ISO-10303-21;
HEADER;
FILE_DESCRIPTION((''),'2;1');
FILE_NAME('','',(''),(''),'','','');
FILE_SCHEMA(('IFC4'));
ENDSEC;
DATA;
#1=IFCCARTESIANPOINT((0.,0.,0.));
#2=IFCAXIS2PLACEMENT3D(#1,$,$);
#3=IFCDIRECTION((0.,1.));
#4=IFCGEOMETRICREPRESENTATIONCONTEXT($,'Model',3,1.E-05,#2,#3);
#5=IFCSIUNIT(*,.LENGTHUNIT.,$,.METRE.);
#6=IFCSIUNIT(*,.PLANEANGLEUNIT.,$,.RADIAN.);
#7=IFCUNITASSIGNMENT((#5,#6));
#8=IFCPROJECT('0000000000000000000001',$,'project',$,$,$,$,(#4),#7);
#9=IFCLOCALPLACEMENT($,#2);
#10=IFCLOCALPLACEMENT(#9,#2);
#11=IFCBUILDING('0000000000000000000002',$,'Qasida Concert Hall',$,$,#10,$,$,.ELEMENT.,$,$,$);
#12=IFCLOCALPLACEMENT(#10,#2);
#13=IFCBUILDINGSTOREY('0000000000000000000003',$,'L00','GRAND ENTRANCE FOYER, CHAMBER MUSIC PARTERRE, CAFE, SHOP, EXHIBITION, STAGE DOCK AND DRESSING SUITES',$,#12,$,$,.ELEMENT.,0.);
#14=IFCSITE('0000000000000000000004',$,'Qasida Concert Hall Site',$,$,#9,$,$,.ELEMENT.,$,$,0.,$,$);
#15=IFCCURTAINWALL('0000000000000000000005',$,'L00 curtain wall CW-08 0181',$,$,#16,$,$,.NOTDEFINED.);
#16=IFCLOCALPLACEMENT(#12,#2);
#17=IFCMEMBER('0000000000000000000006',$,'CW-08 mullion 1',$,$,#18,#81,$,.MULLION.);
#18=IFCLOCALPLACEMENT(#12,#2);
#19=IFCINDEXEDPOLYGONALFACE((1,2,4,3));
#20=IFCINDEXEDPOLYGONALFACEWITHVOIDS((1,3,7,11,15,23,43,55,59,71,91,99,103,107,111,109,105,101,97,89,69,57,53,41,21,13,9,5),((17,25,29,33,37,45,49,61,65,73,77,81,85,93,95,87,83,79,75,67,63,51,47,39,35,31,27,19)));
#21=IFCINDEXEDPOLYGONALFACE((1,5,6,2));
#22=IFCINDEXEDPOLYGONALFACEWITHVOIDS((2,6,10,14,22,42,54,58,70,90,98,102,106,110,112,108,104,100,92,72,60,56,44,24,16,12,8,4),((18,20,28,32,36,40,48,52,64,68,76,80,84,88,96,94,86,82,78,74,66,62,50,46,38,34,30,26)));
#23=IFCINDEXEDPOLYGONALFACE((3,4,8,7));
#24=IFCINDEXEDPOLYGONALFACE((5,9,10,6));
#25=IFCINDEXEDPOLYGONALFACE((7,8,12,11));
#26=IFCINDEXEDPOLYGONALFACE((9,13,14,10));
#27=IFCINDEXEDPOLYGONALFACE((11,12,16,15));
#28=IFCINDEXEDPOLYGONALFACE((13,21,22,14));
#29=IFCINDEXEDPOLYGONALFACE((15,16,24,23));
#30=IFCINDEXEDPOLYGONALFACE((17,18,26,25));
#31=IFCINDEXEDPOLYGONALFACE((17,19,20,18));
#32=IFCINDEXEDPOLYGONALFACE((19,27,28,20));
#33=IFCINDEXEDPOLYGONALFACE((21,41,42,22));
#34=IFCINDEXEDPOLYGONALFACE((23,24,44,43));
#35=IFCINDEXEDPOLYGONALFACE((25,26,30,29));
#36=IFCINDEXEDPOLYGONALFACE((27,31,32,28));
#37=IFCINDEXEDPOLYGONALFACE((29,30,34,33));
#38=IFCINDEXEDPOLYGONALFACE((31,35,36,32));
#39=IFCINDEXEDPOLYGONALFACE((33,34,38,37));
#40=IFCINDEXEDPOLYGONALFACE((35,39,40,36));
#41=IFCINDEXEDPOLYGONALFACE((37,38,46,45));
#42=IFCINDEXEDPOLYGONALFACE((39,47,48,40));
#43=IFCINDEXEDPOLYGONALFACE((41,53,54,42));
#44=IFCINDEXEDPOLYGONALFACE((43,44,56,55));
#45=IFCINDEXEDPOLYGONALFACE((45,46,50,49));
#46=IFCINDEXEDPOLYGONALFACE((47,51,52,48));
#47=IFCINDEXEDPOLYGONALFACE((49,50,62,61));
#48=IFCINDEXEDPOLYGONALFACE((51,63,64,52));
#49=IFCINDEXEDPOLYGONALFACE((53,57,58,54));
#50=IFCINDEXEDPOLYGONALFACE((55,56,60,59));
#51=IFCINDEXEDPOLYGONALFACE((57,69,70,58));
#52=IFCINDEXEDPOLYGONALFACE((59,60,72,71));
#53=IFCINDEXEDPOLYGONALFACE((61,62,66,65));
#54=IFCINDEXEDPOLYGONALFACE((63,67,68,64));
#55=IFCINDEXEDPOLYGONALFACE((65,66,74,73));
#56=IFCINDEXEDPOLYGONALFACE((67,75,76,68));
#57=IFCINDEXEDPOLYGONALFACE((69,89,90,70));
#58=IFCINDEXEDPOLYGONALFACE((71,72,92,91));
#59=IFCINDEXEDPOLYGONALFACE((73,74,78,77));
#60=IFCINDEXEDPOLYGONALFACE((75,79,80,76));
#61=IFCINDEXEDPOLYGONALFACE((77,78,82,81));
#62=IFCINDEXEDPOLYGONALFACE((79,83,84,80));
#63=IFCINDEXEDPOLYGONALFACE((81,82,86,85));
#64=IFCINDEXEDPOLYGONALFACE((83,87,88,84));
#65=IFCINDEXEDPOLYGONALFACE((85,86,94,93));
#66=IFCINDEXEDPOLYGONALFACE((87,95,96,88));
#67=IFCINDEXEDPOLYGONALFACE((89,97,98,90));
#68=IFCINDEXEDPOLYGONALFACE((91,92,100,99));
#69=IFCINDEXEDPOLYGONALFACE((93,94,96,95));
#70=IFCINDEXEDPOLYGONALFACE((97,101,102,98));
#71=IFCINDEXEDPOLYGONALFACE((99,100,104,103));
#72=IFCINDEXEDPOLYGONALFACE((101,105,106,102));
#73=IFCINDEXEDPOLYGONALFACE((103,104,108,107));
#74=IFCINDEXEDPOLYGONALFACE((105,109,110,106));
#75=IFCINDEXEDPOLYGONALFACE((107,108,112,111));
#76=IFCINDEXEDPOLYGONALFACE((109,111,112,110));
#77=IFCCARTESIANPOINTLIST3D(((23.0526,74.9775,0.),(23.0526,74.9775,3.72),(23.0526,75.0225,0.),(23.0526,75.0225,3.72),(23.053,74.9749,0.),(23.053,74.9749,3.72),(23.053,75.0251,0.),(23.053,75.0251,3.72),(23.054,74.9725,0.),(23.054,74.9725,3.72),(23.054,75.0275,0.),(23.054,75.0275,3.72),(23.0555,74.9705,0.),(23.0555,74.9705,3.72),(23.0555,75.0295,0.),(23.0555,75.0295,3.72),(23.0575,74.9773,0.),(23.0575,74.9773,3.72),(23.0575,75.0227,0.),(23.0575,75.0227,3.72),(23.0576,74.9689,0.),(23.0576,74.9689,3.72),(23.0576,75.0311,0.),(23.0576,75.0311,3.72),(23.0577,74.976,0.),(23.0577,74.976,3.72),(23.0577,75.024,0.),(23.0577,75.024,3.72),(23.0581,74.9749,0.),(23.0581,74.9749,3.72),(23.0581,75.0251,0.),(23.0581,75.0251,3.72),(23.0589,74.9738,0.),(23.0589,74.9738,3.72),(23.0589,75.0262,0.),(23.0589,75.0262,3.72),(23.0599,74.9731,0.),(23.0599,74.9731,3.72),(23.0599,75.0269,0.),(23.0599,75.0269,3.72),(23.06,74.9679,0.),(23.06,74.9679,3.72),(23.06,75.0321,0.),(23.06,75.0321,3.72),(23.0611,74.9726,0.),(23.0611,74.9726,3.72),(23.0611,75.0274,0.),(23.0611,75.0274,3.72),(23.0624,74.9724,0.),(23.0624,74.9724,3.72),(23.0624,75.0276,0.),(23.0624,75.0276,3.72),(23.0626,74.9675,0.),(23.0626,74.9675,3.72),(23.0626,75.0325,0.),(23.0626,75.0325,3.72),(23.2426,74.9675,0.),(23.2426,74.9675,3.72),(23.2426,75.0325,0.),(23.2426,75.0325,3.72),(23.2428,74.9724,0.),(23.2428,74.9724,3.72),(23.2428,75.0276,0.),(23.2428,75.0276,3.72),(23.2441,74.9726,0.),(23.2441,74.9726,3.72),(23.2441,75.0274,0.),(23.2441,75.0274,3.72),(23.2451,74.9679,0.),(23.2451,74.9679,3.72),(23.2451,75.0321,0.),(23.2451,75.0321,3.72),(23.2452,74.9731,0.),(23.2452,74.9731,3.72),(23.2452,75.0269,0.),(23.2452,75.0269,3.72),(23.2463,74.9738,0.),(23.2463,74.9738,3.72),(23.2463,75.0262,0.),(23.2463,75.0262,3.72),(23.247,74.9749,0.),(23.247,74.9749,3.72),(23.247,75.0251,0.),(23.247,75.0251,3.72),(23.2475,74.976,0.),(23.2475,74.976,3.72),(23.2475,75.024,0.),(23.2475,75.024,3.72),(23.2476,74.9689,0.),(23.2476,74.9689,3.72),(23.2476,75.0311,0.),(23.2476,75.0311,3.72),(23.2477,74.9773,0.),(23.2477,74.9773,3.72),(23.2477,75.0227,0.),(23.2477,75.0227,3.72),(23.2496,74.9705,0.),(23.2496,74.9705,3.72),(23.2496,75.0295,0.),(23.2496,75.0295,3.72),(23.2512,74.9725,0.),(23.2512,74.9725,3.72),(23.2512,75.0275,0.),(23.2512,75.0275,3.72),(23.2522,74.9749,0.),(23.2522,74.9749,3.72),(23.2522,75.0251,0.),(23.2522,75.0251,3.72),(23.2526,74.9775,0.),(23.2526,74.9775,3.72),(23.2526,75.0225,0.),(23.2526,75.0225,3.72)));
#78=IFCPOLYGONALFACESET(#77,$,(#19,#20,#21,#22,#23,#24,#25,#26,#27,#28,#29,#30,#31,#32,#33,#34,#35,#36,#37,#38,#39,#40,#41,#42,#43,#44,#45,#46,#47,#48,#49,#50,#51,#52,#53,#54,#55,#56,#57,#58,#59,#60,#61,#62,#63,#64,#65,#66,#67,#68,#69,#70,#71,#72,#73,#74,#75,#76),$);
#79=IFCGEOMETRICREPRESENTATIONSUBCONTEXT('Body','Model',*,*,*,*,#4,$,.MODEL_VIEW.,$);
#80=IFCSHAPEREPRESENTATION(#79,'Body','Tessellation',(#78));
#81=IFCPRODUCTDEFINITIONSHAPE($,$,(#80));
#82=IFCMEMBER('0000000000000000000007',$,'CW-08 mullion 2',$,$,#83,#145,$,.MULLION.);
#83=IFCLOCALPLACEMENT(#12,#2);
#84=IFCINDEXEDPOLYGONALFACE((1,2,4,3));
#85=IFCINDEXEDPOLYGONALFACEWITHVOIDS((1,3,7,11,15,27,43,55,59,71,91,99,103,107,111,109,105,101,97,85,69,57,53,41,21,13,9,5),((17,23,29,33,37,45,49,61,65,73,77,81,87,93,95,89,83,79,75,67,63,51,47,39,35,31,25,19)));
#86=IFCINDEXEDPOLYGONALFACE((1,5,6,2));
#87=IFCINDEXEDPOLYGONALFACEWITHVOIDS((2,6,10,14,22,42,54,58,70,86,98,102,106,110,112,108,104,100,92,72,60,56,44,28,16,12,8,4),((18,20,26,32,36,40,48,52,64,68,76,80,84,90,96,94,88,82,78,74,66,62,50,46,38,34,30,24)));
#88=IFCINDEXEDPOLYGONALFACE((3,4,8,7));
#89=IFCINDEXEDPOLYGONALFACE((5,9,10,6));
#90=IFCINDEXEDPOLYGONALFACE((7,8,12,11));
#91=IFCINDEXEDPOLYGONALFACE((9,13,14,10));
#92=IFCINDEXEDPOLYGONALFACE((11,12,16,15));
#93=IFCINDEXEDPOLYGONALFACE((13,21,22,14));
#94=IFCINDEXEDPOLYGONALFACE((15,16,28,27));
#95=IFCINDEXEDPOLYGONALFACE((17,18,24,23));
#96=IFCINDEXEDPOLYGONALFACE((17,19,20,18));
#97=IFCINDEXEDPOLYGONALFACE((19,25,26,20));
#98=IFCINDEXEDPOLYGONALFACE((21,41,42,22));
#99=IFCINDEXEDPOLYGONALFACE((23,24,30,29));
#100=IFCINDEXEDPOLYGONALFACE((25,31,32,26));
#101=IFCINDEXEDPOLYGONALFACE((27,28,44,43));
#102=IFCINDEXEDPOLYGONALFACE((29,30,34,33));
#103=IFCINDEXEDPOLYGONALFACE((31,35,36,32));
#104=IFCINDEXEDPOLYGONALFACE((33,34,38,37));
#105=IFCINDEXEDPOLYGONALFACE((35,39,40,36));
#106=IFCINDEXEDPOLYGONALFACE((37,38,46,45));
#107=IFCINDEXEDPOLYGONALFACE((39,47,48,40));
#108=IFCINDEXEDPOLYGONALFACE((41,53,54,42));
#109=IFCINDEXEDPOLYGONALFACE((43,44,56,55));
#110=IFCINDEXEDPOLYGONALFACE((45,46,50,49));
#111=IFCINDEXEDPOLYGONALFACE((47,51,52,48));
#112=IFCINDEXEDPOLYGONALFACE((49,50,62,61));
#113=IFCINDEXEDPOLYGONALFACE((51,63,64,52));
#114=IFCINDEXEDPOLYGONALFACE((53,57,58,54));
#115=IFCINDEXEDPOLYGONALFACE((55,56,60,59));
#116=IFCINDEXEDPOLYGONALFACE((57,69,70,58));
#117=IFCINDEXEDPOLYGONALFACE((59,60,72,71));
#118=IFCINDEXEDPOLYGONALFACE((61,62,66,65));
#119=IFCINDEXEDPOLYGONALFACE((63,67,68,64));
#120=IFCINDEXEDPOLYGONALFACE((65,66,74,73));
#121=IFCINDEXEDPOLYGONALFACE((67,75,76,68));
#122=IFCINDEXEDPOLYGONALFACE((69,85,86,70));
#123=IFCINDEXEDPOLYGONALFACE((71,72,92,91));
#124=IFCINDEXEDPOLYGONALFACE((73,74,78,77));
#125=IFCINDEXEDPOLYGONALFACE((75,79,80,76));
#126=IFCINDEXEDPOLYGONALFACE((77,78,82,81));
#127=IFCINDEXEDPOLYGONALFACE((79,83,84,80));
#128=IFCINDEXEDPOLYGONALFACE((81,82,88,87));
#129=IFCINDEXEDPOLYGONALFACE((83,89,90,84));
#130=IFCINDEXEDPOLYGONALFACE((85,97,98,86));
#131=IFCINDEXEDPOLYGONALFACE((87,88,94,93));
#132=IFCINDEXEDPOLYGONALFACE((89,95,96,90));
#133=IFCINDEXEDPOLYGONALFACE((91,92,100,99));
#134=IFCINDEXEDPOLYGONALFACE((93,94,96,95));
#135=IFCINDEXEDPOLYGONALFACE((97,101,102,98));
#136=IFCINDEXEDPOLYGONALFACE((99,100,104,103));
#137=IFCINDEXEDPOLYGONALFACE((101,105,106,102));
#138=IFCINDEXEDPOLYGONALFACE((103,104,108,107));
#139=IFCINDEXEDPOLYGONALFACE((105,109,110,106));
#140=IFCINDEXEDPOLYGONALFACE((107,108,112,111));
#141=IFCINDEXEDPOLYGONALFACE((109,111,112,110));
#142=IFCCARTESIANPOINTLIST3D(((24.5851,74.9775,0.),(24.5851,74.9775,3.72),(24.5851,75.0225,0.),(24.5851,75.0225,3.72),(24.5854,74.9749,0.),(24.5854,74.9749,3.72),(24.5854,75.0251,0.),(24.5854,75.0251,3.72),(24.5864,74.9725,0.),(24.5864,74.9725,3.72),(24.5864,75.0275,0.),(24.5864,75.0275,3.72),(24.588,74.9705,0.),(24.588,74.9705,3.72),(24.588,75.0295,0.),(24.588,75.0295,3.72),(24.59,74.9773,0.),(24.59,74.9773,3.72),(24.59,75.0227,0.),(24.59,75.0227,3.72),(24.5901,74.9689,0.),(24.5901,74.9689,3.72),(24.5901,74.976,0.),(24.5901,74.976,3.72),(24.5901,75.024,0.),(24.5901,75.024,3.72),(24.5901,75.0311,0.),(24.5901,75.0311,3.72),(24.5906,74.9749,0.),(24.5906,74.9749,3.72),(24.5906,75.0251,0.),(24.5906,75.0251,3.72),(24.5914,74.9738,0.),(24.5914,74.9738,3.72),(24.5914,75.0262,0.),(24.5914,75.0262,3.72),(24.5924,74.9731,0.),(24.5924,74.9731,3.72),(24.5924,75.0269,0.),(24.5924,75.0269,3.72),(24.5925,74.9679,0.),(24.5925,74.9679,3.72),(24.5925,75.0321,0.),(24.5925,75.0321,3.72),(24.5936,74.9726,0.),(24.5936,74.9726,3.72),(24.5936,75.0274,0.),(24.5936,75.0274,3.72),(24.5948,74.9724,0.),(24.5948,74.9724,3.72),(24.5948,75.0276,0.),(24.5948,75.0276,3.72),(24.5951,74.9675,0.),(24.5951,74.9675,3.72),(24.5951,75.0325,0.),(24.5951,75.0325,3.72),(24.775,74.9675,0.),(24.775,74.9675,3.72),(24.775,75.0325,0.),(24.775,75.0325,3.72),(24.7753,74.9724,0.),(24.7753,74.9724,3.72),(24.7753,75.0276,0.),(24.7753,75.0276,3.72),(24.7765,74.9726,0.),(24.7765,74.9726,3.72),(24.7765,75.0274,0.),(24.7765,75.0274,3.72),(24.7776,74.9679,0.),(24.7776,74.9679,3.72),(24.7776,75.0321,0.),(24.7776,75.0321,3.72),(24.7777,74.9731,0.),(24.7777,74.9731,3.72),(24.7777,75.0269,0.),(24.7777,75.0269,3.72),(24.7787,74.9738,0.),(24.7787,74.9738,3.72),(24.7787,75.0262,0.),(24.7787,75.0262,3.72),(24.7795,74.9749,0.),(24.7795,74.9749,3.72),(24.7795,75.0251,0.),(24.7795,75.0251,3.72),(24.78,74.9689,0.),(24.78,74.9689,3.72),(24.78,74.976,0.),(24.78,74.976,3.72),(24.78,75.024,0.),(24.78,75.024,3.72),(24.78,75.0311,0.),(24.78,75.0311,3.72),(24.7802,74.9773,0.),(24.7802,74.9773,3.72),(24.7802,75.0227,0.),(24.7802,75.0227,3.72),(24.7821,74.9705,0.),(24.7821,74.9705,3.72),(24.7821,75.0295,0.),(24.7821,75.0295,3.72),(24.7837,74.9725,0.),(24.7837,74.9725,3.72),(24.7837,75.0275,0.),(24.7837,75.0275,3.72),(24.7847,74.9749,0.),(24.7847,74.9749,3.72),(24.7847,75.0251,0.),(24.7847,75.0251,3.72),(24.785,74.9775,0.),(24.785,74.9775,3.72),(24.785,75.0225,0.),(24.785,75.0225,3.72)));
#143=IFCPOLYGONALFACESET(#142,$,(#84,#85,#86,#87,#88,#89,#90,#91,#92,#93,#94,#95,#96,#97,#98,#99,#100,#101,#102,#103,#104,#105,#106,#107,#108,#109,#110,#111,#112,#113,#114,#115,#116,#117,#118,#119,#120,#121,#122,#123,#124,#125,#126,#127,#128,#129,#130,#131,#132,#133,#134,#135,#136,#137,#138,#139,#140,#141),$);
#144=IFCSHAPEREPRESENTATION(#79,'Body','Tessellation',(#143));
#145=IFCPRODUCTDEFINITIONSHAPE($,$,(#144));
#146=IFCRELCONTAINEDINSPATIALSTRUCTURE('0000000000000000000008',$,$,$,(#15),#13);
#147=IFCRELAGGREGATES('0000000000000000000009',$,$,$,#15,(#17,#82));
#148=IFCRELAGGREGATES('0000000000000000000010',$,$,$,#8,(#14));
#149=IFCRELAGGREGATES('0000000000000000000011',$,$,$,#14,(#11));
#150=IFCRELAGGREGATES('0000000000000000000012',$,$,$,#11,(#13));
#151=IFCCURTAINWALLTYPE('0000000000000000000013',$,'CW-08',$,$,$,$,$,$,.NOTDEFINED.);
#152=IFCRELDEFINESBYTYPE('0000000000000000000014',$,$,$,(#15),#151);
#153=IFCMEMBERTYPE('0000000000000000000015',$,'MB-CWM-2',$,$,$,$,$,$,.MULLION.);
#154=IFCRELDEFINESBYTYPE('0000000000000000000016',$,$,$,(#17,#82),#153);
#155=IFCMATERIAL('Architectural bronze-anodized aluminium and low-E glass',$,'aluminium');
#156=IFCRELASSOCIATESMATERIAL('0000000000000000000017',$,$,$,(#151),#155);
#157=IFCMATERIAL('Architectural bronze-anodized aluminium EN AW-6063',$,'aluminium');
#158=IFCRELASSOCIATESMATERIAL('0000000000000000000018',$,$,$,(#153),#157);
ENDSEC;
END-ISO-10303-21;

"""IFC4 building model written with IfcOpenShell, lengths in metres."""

from ifc_helpers import new_model, si_unit, direction, frame, origin, origin_2d, place, context, subcontext, project, spatial, hollow_rectangle, extrude, material, material_profile, profile_set, type_object, element, aggregate, save


model = new_model("IFC4")

# Units and contexts
model_context = context("Model", 3, precision=1e-05, world=origin(), true_north=direction((0.0, 1.0)))
body_context = subcontext(model_context, "Body", "Model", "MODEL_VIEW")
ifc_project = project(units=[si_unit("LENGTHUNIT", "METRE"), si_unit("PLANEANGLEUNIT", "RADIAN")], contexts=[model_context])

# Site, building, storey
site_placement = place(None, origin())
site = spatial("IfcSite", under=ifc_project, at=site_placement, Name="Qasida Concert Hall Site", CompositionType="ELEMENT", RefElevation=0.0)
building_placement = place(site_placement, origin())
building = spatial("IfcBuilding", under=site, at=building_placement, Name="Qasida Concert Hall", CompositionType="ELEMENT")
storey_placement = place(building_placement, origin())
storey = spatial("IfcBuildingStorey", under=building, at=storey_placement, Name="L00", Description="GRAND ENTRANCE FOYER, CHAMBER MUSIC PARTERRE, CAFE, SHOP, EXHIBITION, STAGE DOCK AND DRESSING SUITES", CompositionType="ELEMENT", Elevation=0.0)

# Shared definitions
ifc_material_1 = material(Name="Architectural bronze-anodized aluminium and low-E glass", Category="aluminium")
curtain_wall_type = type_object("IfcCurtainWallType", Name="CW-08", PredefinedType="NOTDEFINED", material=ifc_material_1)
ifc_material_2 = material(Name="Architectural bronze-anodized aluminium EN AW-6063", Category="aluminium")
ifc_material_profile_1 = material_profile(ifc_material_2, hollow_rectangle(XDim=0.0649, YDim=0.2, WallThickness=0.0049, InnerFilletRadius=0.0049, OuterFilletRadius=0.01, at=origin_2d()), Name="CWM 200x65x5")
ifc_profile_set_1 = profile_set([ifc_material_profile_1], Name="Architectural bronze-anodized aluminium EN AW-6063")
member_type_1 = type_object("IfcMemberType", Name="MB-CWM-2", PredefinedType="MULLION", material=ifc_profile_set_1)

# Curtain wall, members
curtain_wall_1_placement = place(storey_placement, origin())
curtain_wall_1 = element("IfcCurtainWall", 1, at=curtain_wall_1_placement, inside=storey, type_object=curtain_wall_type, Name="L00 curtain wall CW-08 0181", PredefinedType="NOTDEFINED")
member_1_placement = place(storey_placement, frame((23.1526, 75.0, 0.0), z_axis=(0.0, 0.0, 1.0), x_axis=(0.0, 1.0, 0.0)))
member_1 = element("IfcMember", 2, at=member_1_placement, type_object=member_type_1, Name="CW-08 mullion 1", PredefinedType="MULLION", context=body_context, shape_type="SweptSolid", body=[
    extrude(hollow_rectangle(XDim=0.0649, YDim=0.2, WallThickness=0.0049, InnerFilletRadius=0.0049, OuterFilletRadius=0.01, at=origin_2d()), origin(), (0.0, 0.0, 1.0), 3.72),
])
member_2_placement = place(storey_placement, frame((24.6851, 75.0, 0.0), z_axis=(0.0, 0.0, 1.0), x_axis=(0.0, 1.0, 0.0)))
member_2 = element("IfcMember", 3, at=member_2_placement, type_object=member_type_1, Name="CW-08 mullion 2", PredefinedType="MULLION", context=body_context, shape_type="SweptSolid", body=[
    extrude(hollow_rectangle(XDim=0.0649, YDim=0.2, WallThickness=0.0049, InnerFilletRadius=0.0049, OuterFilletRadius=0.01, at=origin_2d()), origin(), (0.0, 0.0, 1.0), 3.72),
])

aggregate(curtain_wall_1, [member_1, member_2])

save(model, "model.ifc")
